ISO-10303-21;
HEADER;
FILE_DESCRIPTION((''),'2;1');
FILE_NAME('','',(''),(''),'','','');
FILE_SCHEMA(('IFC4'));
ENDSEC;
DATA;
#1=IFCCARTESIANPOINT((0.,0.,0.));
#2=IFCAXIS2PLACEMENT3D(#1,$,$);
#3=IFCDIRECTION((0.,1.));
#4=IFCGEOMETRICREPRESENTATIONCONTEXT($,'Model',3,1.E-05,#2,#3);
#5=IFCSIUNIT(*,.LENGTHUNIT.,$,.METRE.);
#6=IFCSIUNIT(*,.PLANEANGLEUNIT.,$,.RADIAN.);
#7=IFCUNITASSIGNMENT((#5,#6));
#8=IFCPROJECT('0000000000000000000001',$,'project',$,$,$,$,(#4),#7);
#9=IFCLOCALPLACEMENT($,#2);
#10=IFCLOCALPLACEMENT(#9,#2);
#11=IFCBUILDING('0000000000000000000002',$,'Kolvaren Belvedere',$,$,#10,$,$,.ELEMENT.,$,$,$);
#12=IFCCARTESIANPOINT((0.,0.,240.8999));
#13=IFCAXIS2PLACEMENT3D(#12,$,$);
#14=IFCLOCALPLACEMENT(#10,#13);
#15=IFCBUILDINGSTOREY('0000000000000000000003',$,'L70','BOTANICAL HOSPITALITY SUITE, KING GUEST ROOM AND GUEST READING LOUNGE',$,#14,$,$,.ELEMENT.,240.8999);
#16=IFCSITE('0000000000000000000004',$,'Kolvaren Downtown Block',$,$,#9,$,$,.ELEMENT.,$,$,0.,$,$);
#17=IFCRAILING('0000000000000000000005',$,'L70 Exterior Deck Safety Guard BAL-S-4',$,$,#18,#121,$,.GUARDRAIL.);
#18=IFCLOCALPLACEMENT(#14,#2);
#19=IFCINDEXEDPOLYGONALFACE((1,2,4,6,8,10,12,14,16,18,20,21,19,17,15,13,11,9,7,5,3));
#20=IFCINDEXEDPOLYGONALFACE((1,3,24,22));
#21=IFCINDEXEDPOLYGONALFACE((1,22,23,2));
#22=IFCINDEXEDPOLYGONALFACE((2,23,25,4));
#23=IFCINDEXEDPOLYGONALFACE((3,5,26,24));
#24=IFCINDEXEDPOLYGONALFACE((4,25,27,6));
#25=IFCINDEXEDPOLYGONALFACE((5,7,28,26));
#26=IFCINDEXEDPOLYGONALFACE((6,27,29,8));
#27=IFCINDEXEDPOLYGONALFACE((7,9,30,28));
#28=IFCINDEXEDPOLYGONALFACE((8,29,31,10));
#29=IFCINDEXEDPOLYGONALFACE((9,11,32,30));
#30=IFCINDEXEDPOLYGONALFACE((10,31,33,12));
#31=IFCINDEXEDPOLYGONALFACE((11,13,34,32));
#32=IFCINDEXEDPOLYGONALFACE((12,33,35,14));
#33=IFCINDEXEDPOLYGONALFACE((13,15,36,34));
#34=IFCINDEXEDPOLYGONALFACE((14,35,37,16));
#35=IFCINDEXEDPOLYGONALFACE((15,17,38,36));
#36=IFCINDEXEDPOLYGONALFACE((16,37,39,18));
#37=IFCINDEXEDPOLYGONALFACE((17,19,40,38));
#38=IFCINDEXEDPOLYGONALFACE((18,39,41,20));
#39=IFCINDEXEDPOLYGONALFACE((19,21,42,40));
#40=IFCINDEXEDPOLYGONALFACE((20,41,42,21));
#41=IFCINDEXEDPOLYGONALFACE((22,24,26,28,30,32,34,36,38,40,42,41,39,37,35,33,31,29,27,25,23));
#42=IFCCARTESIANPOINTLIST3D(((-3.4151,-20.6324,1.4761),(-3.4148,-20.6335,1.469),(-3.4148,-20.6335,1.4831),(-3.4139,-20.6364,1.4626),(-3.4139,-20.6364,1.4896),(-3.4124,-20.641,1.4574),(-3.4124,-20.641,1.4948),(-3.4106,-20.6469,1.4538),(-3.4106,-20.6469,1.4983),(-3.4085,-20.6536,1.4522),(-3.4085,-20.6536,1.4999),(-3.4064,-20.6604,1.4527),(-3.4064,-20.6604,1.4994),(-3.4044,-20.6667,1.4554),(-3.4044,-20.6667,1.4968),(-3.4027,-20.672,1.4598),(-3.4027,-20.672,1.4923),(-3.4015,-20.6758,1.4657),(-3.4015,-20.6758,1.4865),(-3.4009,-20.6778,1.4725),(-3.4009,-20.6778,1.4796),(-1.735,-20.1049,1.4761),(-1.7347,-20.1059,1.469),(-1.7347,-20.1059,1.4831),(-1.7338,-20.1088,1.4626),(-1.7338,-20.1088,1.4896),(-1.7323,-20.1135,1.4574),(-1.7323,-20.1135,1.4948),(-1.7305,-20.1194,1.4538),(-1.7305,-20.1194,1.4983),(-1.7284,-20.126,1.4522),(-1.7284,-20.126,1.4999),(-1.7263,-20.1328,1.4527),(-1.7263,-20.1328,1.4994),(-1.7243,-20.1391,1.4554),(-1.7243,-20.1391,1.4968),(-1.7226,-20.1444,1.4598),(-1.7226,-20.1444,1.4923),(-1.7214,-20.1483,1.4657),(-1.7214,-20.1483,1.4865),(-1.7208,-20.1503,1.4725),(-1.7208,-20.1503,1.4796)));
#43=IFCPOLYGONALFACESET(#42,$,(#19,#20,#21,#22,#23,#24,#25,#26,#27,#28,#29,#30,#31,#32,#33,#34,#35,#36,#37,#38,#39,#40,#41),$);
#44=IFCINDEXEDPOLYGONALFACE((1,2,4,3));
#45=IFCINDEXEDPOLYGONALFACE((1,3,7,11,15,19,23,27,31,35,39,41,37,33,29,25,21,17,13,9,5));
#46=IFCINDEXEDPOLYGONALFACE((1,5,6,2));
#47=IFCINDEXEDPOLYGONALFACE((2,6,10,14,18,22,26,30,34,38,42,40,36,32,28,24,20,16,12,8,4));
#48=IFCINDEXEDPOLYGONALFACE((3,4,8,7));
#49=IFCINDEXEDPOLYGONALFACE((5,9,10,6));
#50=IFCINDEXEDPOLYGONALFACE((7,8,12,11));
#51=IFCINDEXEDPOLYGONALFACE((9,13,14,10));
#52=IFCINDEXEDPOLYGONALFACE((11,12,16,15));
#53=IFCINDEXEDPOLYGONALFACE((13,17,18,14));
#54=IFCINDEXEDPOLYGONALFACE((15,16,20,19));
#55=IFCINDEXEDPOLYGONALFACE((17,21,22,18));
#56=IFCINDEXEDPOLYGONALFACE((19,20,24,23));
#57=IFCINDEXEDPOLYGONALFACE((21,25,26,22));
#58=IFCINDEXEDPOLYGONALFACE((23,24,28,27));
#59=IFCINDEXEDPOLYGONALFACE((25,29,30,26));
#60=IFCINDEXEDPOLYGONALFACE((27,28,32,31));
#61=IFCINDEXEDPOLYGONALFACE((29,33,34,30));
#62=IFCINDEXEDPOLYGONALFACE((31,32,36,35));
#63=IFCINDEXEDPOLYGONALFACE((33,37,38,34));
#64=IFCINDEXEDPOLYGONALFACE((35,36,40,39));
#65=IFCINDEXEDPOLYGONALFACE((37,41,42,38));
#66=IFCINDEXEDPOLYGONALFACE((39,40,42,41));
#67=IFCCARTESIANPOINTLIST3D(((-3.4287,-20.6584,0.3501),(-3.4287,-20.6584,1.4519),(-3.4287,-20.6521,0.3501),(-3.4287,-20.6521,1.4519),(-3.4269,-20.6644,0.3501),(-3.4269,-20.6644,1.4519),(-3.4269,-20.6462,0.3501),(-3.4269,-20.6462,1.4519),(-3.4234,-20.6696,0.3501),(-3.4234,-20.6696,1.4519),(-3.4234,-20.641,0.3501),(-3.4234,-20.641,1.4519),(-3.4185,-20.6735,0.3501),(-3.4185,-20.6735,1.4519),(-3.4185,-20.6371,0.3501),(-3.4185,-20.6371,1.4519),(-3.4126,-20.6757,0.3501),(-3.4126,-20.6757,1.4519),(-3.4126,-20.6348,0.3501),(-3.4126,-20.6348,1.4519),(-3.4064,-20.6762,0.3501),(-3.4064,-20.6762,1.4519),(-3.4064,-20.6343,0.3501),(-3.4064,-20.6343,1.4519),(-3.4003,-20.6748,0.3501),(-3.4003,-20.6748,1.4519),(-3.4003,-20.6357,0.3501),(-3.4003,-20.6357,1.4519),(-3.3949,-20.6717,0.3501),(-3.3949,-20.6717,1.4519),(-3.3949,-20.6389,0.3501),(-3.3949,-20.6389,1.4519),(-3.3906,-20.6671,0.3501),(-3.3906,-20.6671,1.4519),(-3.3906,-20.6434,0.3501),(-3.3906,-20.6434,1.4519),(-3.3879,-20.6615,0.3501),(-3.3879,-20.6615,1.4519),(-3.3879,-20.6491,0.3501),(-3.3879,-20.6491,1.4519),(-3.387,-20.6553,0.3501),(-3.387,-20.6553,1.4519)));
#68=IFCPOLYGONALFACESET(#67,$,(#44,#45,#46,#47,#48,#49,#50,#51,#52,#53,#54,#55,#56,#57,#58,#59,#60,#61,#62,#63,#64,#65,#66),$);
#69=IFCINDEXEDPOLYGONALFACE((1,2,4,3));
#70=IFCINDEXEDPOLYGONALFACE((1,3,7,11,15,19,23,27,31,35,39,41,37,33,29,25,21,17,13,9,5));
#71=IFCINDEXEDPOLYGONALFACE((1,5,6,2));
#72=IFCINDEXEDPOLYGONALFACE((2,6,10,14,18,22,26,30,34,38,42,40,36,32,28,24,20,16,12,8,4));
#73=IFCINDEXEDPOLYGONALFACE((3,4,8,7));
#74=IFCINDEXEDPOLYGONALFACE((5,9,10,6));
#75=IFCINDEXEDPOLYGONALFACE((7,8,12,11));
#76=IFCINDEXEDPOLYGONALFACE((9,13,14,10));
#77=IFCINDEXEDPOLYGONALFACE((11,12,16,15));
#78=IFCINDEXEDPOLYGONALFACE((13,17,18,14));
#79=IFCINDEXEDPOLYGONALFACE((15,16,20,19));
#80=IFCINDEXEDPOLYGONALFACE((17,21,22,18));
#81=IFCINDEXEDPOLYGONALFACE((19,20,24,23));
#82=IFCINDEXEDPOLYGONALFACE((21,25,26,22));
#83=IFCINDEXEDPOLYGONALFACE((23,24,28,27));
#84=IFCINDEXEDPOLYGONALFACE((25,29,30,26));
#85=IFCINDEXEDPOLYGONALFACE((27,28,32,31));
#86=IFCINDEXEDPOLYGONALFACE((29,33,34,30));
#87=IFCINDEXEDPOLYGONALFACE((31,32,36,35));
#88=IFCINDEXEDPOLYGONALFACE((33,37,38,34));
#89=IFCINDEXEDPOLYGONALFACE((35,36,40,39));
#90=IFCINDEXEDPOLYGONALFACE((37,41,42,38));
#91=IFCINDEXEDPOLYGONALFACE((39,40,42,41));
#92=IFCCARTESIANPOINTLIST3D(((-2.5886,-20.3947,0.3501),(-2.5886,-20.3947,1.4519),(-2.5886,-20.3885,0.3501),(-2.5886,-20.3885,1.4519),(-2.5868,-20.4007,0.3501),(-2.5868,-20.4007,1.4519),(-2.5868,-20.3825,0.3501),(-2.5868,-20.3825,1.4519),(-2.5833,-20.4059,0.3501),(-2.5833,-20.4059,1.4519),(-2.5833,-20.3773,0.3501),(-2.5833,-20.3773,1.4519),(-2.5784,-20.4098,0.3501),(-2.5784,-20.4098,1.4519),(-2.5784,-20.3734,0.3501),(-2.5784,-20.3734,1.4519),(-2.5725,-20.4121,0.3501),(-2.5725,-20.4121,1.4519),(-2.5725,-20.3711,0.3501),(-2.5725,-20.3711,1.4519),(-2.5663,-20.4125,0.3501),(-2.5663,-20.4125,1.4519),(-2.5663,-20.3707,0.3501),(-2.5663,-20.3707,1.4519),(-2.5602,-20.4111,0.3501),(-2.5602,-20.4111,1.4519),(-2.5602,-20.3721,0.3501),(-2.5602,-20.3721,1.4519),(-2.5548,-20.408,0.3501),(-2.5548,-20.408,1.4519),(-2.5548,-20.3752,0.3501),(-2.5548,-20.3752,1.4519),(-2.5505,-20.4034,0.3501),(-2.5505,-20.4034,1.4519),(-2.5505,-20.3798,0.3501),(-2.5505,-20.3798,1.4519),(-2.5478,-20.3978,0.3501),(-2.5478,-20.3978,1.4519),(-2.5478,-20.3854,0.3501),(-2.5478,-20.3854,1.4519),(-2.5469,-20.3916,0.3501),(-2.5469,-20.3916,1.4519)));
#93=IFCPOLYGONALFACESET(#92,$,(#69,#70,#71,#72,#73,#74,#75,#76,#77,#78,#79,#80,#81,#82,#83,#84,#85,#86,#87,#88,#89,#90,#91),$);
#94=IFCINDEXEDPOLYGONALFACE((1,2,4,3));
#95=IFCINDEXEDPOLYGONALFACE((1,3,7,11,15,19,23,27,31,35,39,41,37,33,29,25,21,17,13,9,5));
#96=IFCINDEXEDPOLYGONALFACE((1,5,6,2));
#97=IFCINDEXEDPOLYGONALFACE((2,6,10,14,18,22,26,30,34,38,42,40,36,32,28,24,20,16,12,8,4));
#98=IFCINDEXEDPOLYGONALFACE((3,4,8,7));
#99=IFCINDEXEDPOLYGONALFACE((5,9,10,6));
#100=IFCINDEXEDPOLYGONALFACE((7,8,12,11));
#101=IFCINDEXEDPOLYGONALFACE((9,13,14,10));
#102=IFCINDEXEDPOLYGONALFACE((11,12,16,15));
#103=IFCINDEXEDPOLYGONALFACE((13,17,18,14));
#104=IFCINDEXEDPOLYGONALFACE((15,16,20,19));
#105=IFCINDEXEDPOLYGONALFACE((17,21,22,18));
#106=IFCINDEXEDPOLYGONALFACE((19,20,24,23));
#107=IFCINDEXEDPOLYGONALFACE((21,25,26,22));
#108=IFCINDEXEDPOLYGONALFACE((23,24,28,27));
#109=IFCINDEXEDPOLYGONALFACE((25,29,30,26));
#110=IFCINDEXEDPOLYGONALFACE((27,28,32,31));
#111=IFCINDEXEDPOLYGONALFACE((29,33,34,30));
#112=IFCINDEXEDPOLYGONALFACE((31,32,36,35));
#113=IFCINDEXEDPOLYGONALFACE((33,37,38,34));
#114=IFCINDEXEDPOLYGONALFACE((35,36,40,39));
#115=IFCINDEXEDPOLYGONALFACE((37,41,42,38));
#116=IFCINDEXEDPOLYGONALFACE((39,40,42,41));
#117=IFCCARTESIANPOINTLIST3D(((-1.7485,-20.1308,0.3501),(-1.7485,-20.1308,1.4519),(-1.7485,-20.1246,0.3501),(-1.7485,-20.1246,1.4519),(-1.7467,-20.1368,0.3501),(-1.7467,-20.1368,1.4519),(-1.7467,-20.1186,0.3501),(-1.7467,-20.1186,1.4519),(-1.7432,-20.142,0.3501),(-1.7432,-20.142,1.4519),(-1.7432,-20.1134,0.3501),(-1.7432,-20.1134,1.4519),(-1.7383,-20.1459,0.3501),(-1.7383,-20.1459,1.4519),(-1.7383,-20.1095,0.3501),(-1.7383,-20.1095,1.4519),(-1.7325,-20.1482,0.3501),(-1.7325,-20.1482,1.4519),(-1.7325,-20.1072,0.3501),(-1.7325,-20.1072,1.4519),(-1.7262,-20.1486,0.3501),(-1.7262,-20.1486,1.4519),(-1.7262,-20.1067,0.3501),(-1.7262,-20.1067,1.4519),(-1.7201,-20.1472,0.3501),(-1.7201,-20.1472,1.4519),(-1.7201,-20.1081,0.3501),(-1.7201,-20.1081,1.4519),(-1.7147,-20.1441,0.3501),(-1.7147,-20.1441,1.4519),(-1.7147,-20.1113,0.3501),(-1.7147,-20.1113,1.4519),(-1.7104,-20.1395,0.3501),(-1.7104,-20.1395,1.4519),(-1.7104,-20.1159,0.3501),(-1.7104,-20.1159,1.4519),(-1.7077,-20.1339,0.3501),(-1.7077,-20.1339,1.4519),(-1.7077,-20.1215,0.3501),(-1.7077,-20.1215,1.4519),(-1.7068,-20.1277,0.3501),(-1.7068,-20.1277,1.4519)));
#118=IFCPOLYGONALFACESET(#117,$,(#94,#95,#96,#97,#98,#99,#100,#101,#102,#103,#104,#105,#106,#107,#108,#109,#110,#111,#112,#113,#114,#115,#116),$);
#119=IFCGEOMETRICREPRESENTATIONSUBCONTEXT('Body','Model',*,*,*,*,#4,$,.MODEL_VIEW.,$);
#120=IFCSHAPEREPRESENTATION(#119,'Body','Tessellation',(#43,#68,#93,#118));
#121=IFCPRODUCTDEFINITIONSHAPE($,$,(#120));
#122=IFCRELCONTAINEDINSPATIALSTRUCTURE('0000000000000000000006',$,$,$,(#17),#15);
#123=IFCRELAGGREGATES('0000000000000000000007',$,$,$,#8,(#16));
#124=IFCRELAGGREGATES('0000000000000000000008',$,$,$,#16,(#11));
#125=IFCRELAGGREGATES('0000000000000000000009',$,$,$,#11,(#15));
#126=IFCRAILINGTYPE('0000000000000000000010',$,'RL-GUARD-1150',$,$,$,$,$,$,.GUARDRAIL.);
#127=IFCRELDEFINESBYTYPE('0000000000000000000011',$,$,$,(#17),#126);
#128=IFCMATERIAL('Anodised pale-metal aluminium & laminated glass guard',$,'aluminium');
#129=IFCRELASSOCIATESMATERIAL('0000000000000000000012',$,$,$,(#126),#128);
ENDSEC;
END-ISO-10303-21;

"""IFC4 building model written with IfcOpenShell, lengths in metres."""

from ifc_helpers import new_model, si_unit, direction, frame, origin, origin_2d, place, context, subcontext, project, spatial, circle, extrude, material, type_object, element, save


model = new_model("IFC4")

# Units and contexts
model_context = context("Model", 3, precision=1e-05, world=origin(), true_north=direction((0.0, 1.0)))
body_context = subcontext(model_context, "Body", "Model", "MODEL_VIEW")
ifc_project = project(units=[si_unit("LENGTHUNIT", "METRE"), si_unit("PLANEANGLEUNIT", "RADIAN")], contexts=[model_context])

# Site, building, storey
site_placement = place(None, origin())
site = spatial("IfcSite", under=ifc_project, at=site_placement, Name="Kolvaren Downtown Block", CompositionType="ELEMENT", RefElevation=0.0)
building_placement = place(site_placement, origin())
building = spatial("IfcBuilding", under=site, at=building_placement, Name="Kolvaren Belvedere", CompositionType="ELEMENT")
storey_placement = place(building_placement, frame((0.0, 0.0, 240.8999)))
storey = spatial("IfcBuildingStorey", under=building, at=storey_placement, Name="L70", Description="BOTANICAL HOSPITALITY SUITE, KING GUEST ROOM AND GUEST READING LOUNGE", CompositionType="ELEMENT", Elevation=240.8999)

# Railing
ifc_material_1 = material(Name="Anodised pale-metal aluminium & laminated glass guard", Category="aluminium")
railing_type = type_object("IfcRailingType", Name="RL-GUARD-1150", PredefinedType="GUARDRAIL", material=ifc_material_1)
railing_1_placement = place(storey_placement, frame((-3.408, -20.6553, 0.3501)))
element("IfcRailing", 1, at=railing_1_placement, inside=storey, type_object=railing_type, Name="L70 Exterior Deck Safety Guard BAL-S-4", PredefinedType="GUARDRAIL", context=body_context, shape_type="SweptSolid", body=[
    extrude(circle(Radius=0.0239, at=origin_2d()), frame((0.0, 0.0, 1.126), z_axis=(0.95407, 0.299585, 0.0), x_axis=(-0.299585, 0.95407, 0.0)), (0.0, 0.0, 1.0), 1.761),
    extrude(circle(Radius=0.021, at=origin_2d()), origin(), (0.0, 0.0, 1.0), 1.1018),
    extrude(circle(Radius=0.021, at=origin_2d()), frame((0.8401, 0.2637, 0.0)), (0.0, 0.0, 1.0), 1.1018),
    extrude(circle(Radius=0.021, at=origin_2d()), frame((1.6802, 0.5276, 0.0)), (0.0, 0.0, 1.0), 1.1018),
])

save(model, "model.ifc")
